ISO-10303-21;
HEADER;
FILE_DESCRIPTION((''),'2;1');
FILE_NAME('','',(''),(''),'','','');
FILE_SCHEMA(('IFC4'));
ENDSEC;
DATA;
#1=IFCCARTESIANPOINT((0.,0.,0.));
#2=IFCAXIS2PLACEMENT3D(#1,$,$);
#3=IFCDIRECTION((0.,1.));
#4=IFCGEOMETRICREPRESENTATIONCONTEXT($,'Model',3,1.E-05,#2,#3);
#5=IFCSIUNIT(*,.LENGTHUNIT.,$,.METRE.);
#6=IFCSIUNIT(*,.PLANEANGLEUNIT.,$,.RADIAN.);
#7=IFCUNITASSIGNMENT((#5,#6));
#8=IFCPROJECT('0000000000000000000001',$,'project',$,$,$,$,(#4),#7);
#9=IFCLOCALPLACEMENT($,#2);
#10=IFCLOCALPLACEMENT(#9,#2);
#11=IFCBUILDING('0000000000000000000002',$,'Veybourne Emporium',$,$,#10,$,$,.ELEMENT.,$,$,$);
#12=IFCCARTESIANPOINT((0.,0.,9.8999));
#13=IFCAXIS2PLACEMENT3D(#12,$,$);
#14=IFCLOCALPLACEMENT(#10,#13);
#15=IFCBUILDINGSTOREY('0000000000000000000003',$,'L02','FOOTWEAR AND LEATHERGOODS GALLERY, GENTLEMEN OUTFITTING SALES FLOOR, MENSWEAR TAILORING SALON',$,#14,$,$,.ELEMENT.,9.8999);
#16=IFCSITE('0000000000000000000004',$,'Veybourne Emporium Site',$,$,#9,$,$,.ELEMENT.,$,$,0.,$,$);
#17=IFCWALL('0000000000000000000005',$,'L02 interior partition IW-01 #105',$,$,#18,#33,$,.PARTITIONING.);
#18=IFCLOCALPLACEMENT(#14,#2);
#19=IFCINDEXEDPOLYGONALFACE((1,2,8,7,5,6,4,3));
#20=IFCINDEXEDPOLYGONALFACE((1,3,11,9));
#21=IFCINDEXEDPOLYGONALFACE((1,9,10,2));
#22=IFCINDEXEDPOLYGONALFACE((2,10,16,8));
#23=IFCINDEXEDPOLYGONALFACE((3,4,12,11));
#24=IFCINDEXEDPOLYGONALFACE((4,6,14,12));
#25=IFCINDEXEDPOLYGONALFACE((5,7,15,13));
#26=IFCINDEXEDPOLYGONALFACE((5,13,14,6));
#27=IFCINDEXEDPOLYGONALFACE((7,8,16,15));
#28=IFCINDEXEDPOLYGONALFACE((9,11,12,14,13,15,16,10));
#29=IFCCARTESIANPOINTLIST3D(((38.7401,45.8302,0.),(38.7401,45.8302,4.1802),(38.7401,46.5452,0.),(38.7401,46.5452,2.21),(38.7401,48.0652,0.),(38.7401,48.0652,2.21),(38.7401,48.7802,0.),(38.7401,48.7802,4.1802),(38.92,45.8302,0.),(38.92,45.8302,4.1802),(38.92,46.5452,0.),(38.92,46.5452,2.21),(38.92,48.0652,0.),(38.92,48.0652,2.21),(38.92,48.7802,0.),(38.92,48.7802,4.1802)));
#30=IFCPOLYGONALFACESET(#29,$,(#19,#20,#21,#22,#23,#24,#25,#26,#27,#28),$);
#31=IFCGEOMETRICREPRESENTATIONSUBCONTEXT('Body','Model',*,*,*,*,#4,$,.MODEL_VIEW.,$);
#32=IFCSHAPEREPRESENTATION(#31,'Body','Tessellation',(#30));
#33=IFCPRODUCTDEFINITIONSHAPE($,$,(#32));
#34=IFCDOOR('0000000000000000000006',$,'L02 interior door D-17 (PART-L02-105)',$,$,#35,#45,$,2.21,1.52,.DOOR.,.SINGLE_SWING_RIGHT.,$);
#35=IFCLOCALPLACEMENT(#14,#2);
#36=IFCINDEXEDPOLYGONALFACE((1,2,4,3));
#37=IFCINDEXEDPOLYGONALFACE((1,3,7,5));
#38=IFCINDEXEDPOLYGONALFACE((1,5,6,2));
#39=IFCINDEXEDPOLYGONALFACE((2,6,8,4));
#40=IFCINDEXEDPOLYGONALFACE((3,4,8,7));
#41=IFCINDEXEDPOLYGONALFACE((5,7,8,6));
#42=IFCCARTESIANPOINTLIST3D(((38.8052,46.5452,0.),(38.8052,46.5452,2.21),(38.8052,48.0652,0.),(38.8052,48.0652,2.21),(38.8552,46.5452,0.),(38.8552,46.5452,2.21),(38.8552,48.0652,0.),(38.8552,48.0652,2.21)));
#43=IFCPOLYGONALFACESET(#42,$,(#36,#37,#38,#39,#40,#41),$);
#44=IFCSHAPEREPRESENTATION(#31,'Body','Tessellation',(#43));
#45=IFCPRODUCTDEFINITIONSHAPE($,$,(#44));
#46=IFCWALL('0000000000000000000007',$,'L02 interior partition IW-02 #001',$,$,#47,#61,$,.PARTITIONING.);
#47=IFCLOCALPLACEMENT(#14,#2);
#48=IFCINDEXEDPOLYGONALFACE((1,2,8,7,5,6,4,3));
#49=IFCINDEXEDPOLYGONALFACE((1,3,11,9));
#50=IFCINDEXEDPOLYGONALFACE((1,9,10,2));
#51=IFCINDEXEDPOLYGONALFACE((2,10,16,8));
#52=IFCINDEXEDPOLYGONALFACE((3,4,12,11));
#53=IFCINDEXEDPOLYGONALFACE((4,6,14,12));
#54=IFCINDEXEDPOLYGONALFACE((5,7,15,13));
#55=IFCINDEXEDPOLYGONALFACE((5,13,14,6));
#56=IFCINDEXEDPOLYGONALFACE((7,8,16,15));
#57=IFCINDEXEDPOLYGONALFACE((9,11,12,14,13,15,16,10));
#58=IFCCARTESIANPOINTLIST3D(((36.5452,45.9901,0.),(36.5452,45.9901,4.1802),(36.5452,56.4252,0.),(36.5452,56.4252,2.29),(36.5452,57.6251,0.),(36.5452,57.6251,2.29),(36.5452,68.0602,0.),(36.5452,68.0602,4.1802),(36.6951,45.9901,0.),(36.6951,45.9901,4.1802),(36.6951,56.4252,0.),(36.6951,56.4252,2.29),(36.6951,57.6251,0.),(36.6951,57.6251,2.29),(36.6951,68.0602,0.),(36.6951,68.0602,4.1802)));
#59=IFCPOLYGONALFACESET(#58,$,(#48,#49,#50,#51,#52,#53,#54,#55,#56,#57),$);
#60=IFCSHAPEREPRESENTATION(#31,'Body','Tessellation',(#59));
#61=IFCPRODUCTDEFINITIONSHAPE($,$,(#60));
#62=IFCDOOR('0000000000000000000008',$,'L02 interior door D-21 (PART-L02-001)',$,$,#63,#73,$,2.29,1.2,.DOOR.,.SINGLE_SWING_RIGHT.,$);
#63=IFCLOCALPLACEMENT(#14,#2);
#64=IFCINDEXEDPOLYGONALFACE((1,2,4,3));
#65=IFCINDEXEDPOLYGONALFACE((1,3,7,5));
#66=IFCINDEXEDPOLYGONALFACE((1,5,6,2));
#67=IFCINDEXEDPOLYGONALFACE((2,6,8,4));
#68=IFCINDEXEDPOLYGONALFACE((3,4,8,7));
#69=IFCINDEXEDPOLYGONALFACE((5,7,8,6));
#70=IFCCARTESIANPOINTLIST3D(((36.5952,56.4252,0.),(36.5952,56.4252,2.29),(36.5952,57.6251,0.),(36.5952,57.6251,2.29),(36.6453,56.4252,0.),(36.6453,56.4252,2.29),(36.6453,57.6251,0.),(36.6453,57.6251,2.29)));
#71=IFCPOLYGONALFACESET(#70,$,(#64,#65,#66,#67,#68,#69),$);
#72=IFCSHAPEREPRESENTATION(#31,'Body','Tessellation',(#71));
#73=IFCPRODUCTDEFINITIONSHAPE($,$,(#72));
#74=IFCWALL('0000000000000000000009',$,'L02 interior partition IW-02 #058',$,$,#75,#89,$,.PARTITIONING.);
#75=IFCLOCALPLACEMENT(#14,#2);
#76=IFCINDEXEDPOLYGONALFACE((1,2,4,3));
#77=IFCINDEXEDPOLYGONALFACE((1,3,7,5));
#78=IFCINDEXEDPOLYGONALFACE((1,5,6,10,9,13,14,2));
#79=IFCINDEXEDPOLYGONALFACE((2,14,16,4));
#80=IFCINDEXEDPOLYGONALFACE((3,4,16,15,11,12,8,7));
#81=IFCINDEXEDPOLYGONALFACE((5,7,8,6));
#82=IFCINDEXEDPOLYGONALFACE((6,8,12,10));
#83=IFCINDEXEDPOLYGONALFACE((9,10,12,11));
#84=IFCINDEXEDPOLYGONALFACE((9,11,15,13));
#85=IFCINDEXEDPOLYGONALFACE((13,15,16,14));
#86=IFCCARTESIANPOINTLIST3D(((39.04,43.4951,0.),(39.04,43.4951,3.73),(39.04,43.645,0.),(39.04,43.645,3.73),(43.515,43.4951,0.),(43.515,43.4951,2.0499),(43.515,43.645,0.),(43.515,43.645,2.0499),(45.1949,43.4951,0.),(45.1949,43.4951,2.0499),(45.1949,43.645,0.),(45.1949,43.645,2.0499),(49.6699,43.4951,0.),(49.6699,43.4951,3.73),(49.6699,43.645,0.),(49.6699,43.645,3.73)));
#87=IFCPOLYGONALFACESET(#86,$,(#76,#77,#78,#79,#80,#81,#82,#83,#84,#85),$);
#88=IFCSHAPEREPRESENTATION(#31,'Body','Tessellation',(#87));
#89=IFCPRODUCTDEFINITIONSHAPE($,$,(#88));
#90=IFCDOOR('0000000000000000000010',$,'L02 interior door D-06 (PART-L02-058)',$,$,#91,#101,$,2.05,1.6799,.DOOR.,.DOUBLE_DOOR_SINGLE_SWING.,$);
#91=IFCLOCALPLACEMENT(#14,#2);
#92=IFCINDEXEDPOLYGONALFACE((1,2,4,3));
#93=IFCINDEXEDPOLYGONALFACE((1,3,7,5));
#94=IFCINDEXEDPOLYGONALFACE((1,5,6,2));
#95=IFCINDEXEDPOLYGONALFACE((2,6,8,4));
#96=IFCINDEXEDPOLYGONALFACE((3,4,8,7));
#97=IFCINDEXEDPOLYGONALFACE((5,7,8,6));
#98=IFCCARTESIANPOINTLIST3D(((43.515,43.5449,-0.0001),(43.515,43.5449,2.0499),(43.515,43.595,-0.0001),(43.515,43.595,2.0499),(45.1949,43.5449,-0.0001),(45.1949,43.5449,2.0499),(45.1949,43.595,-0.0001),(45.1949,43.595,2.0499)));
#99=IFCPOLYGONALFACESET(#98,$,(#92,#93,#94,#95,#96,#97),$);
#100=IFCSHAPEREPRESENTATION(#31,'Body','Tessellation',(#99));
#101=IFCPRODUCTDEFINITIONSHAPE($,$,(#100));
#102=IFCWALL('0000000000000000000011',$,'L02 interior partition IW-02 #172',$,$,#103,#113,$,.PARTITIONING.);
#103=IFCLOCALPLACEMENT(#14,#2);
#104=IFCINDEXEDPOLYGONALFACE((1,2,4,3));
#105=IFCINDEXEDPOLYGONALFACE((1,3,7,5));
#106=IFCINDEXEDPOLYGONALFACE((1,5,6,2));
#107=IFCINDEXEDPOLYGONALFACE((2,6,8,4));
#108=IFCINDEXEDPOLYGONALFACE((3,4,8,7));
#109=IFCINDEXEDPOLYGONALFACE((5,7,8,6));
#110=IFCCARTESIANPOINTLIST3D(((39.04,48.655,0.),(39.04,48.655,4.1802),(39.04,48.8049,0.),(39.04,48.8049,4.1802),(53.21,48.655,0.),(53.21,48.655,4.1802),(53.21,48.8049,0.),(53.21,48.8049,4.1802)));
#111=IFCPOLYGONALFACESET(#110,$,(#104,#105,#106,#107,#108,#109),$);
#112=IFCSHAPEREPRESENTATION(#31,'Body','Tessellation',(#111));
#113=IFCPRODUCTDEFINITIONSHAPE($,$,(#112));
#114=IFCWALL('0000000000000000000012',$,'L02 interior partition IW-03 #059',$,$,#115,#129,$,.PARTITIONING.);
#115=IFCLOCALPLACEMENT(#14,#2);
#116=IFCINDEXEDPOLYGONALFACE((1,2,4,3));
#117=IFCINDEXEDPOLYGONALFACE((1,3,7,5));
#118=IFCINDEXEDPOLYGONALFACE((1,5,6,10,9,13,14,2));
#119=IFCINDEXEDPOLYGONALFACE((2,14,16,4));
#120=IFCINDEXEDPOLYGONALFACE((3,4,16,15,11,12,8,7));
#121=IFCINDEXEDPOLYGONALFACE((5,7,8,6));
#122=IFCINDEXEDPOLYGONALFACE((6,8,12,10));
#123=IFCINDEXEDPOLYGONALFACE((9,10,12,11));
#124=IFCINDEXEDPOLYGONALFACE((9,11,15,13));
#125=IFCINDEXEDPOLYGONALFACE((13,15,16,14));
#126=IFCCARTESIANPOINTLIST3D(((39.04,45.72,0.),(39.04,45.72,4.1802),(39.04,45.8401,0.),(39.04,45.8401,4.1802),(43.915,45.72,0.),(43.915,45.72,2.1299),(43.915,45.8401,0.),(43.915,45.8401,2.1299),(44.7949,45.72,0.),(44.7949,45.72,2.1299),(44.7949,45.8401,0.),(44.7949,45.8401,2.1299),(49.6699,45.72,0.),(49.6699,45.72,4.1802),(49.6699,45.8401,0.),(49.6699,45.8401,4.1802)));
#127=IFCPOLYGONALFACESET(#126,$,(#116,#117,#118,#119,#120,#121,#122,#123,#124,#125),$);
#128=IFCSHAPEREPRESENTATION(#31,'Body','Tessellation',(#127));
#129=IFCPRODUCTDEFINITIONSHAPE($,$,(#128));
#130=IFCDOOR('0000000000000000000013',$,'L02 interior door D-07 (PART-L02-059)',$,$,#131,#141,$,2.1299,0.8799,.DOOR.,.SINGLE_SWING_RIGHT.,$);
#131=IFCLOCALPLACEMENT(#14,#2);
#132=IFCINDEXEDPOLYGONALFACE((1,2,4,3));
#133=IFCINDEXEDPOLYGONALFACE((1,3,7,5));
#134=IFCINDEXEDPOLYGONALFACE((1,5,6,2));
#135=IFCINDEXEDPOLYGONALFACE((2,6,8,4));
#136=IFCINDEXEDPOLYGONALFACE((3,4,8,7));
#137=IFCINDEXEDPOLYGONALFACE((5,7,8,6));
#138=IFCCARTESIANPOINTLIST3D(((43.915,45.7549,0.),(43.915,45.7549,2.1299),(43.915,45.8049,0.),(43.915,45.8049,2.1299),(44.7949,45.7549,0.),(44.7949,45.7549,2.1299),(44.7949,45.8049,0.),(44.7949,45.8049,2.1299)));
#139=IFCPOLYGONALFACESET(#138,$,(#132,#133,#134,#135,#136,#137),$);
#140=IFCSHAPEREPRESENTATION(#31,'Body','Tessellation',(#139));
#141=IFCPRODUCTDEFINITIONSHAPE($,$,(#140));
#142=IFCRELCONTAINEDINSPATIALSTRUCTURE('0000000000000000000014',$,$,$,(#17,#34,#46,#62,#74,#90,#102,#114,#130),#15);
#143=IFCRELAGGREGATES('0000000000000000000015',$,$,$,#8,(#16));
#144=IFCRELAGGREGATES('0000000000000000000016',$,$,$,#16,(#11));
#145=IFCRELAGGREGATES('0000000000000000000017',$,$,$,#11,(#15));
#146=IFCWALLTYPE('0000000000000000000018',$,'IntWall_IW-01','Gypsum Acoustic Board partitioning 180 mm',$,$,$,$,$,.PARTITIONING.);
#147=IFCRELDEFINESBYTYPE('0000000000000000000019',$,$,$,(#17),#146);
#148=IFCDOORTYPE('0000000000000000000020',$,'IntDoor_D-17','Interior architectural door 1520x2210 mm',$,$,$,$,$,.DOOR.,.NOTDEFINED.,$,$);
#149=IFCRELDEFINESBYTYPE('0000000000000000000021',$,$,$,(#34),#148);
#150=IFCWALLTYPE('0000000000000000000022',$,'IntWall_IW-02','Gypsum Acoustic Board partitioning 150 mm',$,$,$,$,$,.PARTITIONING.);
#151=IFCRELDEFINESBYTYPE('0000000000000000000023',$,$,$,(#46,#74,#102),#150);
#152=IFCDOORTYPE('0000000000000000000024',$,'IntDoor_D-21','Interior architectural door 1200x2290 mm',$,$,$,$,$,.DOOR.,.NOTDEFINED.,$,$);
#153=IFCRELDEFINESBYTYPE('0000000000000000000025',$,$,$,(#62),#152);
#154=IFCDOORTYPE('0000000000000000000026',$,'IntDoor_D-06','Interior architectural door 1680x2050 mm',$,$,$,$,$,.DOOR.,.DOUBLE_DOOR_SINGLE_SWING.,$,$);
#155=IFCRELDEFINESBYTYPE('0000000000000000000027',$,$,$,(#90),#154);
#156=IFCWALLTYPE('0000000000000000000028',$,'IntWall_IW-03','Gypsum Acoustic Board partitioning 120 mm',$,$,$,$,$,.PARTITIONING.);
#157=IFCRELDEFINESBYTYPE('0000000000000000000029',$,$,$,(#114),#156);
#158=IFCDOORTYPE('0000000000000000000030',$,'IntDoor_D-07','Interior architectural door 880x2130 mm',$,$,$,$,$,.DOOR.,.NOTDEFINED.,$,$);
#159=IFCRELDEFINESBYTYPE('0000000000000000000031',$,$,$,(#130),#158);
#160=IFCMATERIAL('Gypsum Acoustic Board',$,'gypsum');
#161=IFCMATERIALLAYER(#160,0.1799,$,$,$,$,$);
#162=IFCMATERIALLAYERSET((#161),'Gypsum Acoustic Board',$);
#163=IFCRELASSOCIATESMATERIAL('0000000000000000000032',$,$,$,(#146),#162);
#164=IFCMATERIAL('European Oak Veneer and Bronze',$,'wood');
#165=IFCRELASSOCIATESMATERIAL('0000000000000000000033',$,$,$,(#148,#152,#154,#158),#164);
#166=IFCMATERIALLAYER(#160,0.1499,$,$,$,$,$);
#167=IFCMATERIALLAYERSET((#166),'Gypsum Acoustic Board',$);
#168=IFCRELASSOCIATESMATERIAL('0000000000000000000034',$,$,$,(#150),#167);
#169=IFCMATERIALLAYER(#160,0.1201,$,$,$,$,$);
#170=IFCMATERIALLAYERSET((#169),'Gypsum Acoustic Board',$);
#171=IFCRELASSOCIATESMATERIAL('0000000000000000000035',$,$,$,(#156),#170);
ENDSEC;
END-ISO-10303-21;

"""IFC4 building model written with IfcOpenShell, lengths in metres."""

from ifc_helpers import new_model, si_unit, direction, frame, frame_2d, origin, place, context, subcontext, project, spatial, rectangle, extrude, material, layer, layer_set, type_object, element, fill, save


model = new_model("IFC4")

# Units and contexts
model_context = context("Model", 3, precision=1e-05, world=origin(), true_north=direction((0.0, 1.0)))
body_context = subcontext(model_context, "Body", "Model", "MODEL_VIEW")
ifc_project = project(units=[si_unit("LENGTHUNIT", "METRE"), si_unit("PLANEANGLEUNIT", "RADIAN")], contexts=[model_context])

# Site, building, storey
site_placement = place(None, origin())
site = spatial("IfcSite", under=ifc_project, at=site_placement, Name="Veybourne Emporium Site", CompositionType="ELEMENT", RefElevation=0.0)
building_placement = place(site_placement, origin())
building = spatial("IfcBuilding", under=site, at=building_placement, Name="Veybourne Emporium", CompositionType="ELEMENT")
storey_placement = place(building_placement, frame((0.0, 0.0, 9.8999)))
storey = spatial("IfcBuildingStorey", under=building, at=storey_placement, Name="L02", Description="FOOTWEAR AND LEATHERGOODS GALLERY, GENTLEMEN OUTFITTING SALES FLOOR, MENSWEAR TAILORING SALON", CompositionType="ELEMENT", Elevation=9.8999)

# Walls, openings, doors
ifc_material_1 = material(Name="Gypsum Acoustic Board", Category="gypsum")
ifc_layer_1 = layer(ifc_material_1, 0.1799)
ifc_layer_set_1 = layer_set([ifc_layer_1], Name="Gypsum Acoustic Board")
wall_type_1 = type_object("IfcWallType", Name="IntWall_IW-01", Description="Gypsum Acoustic Board partitioning 180 mm", PredefinedType="PARTITIONING", material=ifc_layer_set_1)
ifc_material_2 = material(Name="European Oak Veneer and Bronze", Category="wood")
wall_1_placement = place(storey_placement, frame((38.8301, 45.8301, 0.0), z_axis=(0.0, 0.0, 1.0), x_axis=(0.0, 1.0, 0.0)))
wall_1 = element("IfcWall", 1, at=wall_1_placement, inside=storey, type_object=wall_type_1, Name="L02 interior partition IW-01 #105", PredefinedType="PARTITIONING", context=body_context, shape_type="SweptSolid", body=[
    extrude(rectangle(XDim=2.95, YDim=0.1799, at=frame_2d((1.4751, 0.0))), origin(), (0.0, 0.0, 1.0), 4.1802),
])
opening_1_placement = place(wall_1_placement, frame((0.7151, 0.0, 0.0)))
opening_1 = element("IfcOpeningElement", 2, at=opening_1_placement, cuts=wall_1, PredefinedType="OPENING", context=body_context, shape_type="SweptSolid", body=[
    extrude(rectangle(XDim=1.52, YDim=2.21, at=frame_2d((0.76, 1.105))), frame((0.0, 0.1099, 0.0), z_axis=(0.0, -1.0, 0.0), x_axis=(1.0, 0.0, 0.0)), (0.0, 0.0, 1.0), 0.22),
])
door_type_1 = type_object("IfcDoorType", Name="IntDoor_D-17", Description="Interior architectural door 1520x2210 mm", OperationType="NOTDEFINED", PredefinedType="DOOR", material=ifc_material_2)
door_1_placement = place(opening_1_placement, origin())
door_1 = element("IfcDoor", 3, at=door_1_placement, inside=storey, type_object=door_type_1, Name="L02 interior door D-17 (PART-L02-105)", OperationType="SINGLE_SWING_RIGHT", OverallHeight=2.21, OverallWidth=1.52, PredefinedType="DOOR", context=body_context, shape_type="SweptSolid", body=[
    extrude(rectangle(XDim=1.52, YDim=2.21, at=frame_2d((0.76, 1.105))), frame((0.0, 0.0249, 0.0), z_axis=(0.0, -1.0, 0.0), x_axis=(1.0, 0.0, 0.0)), (0.0, 0.0, 1.0), 0.05),
])
fill(opening_1, door_1)
ifc_layer_2 = layer(ifc_material_1, 0.1499)
ifc_layer_set_2 = layer_set([ifc_layer_2], Name="Gypsum Acoustic Board")
wall_type_2 = type_object("IfcWallType", Name="IntWall_IW-02", Description="Gypsum Acoustic Board partitioning 150 mm", PredefinedType="PARTITIONING", material=ifc_layer_set_2)
wall_2_placement = place(storey_placement, frame((36.6201, 45.99, 0.0), z_axis=(0.0, 0.0, 1.0), x_axis=(0.0, 1.0, 0.0)))
wall_2 = element("IfcWall", 4, at=wall_2_placement, inside=storey, type_object=wall_type_2, Name="L02 interior partition IW-02 #001", PredefinedType="PARTITIONING", context=body_context, shape_type="SweptSolid", body=[
    extrude(rectangle(XDim=22.0701, YDim=0.1499, at=frame_2d((11.0352, 0.0))), origin(), (0.0, 0.0, 1.0), 4.1802),
])
opening_2_placement = place(wall_2_placement, frame((10.4351, 0.0, 0.0)))
opening_2 = element("IfcOpeningElement", 5, at=opening_2_placement, cuts=wall_2, PredefinedType="OPENING", context=body_context, shape_type="SweptSolid", body=[
    extrude(rectangle(XDim=1.2, YDim=2.29, at=frame_2d((0.6001, 1.145))), frame((0.0, 0.095, 0.0), z_axis=(0.0, -1.0, 0.0), x_axis=(1.0, 0.0, 0.0)), (0.0, 0.0, 1.0), 0.1899),
])
door_type_2 = type_object("IfcDoorType", Name="IntDoor_D-21", Description="Interior architectural door 1200x2290 mm", OperationType="NOTDEFINED", PredefinedType="DOOR", material=ifc_material_2)
door_2_placement = place(opening_2_placement, origin())
door_2 = element("IfcDoor", 6, at=door_2_placement, inside=storey, type_object=door_type_2, Name="L02 interior door D-21 (PART-L02-001)", OperationType="SINGLE_SWING_RIGHT", OverallHeight=2.29, OverallWidth=1.2, PredefinedType="DOOR", context=body_context, shape_type="SweptSolid", body=[
    extrude(rectangle(XDim=1.2, YDim=2.29, at=frame_2d((0.6001, 1.145))), frame((0.0, 0.0249, 0.0), z_axis=(0.0, -1.0, 0.0), x_axis=(1.0, 0.0, 0.0)), (0.0, 0.0, 1.0), 0.05),
])
fill(opening_2, door_2)
wall_3_placement = place(storey_placement, frame((39.04, 43.5701, 0.0), z_axis=(0.0, 0.0, 1.0), x_axis=(1.0, 0.0, 0.0)))
wall_3 = element("IfcWall", 7, at=wall_3_placement, inside=storey, type_object=wall_type_2, Name="L02 interior partition IW-02 #058", PredefinedType="PARTITIONING", context=body_context, shape_type="SweptSolid", body=[
    extrude(rectangle(XDim=10.6299, YDim=0.1499, at=frame_2d((5.3149, 0.0))), origin(), (0.0, 0.0, 1.0), 3.73),
])
opening_3_placement = place(wall_3_placement, frame((4.4751, 0.0, 0.0)))
opening_3 = element("IfcOpeningElement", 8, at=opening_3_placement, cuts=wall_3, PredefinedType="OPENING", context=body_context, shape_type="SweptSolid", body=[
    extrude(rectangle(XDim=1.6799, YDim=2.05, at=frame_2d((0.8398, 1.0249))), frame((0.0, 0.095, 0.0), z_axis=(0.0, -1.0, 0.0), x_axis=(1.0, 0.0, 0.0)), (0.0, 0.0, 1.0), 0.1899),
])
door_type_3 = type_object("IfcDoorType", Name="IntDoor_D-06", Description="Interior architectural door 1680x2050 mm", OperationType="DOUBLE_DOOR_SINGLE_SWING", PredefinedType="DOOR", material=ifc_material_2)
door_3_placement = place(opening_3_placement, origin())
door_3 = element("IfcDoor", 9, at=door_3_placement, inside=storey, type_object=door_type_3, Name="L02 interior door D-06 (PART-L02-058)", OperationType="DOUBLE_DOOR_SINGLE_SWING", OverallHeight=2.05, OverallWidth=1.6799, PredefinedType="DOOR", context=body_context, shape_type="SweptSolid", body=[
    extrude(rectangle(XDim=1.6799, YDim=2.05, at=frame_2d((0.8398, 1.0249))), frame((0.0, 0.0249, 0.0), z_axis=(0.0, -1.0, 0.0), x_axis=(1.0, 0.0, 0.0)), (0.0, 0.0, 1.0), 0.05),
])
fill(opening_3, door_3)

# Wall
wall_4_placement = place(storey_placement, frame((39.04, 48.73, 0.0), z_axis=(0.0, 0.0, 1.0), x_axis=(1.0, 0.0, 0.0)))
element("IfcWall", 10, at=wall_4_placement, inside=storey, type_object=wall_type_2, Name="L02 interior partition IW-02 #172", PredefinedType="PARTITIONING", context=body_context, shape_type="SweptSolid", body=[
    extrude(rectangle(XDim=14.1699, YDim=0.1499, at=frame_2d((7.085, 0.0))), origin(), (0.0, 0.0, 1.0), 4.1802),
])

# Wall, opening, door
ifc_layer_3 = layer(ifc_material_1, 0.1201)
ifc_layer_set_3 = layer_set([ifc_layer_3], Name="Gypsum Acoustic Board")
wall_type_3 = type_object("IfcWallType", Name="IntWall_IW-03", Description="Gypsum Acoustic Board partitioning 120 mm", PredefinedType="PARTITIONING", material=ifc_layer_set_3)
wall_5_placement = place(storey_placement, frame((39.04, 45.78, 0.0), z_axis=(0.0, 0.0, 1.0), x_axis=(1.0, 0.0, 0.0)))
wall_5 = element("IfcWall", 11, at=wall_5_placement, inside=storey, type_object=wall_type_3, Name="L02 interior partition IW-03 #059", PredefinedType="PARTITIONING", context=body_context, shape_type="SweptSolid", body=[
    extrude(rectangle(XDim=10.6299, YDim=0.1201, at=frame_2d((5.3149, 0.0))), origin(), (0.0, 0.0, 1.0), 4.1802),
])
opening_4_placement = place(wall_5_placement, frame((4.875, 0.0, 0.0)))
opening_4 = element("IfcOpeningElement", 12, at=opening_4_placement, cuts=wall_5, PredefinedType="OPENING", context=body_context, shape_type="SweptSolid", body=[
    extrude(rectangle(XDim=0.8799, YDim=2.1299, at=frame_2d((0.4399, 1.0649))), frame((0.0, 0.0801, 0.0), z_axis=(0.0, -1.0, 0.0), x_axis=(1.0, 0.0, 0.0)), (0.0, 0.0, 1.0), 0.1602),
])
door_type_4 = type_object("IfcDoorType", Name="IntDoor_D-07", Description="Interior architectural door 880x2130 mm", OperationType="NOTDEFINED", PredefinedType="DOOR", material=ifc_material_2)
door_4_placement = place(opening_4_placement, origin())
door_4 = element("IfcDoor", 13, at=door_4_placement, inside=storey, type_object=door_type_4, Name="L02 interior door D-07 (PART-L02-059)", OperationType="SINGLE_SWING_RIGHT", OverallHeight=2.1299, OverallWidth=0.8799, PredefinedType="DOOR", context=body_context, shape_type="SweptSolid", body=[
    extrude(rectangle(XDim=0.8799, YDim=2.1299, at=frame_2d((0.4399, 1.0649))), frame((0.0, 0.0249, 0.0), z_axis=(0.0, -1.0, 0.0), x_axis=(1.0, 0.0, 0.0)), (0.0, 0.0, 1.0), 0.05),
])
fill(opening_4, door_4)

save(model, "model.ifc")
